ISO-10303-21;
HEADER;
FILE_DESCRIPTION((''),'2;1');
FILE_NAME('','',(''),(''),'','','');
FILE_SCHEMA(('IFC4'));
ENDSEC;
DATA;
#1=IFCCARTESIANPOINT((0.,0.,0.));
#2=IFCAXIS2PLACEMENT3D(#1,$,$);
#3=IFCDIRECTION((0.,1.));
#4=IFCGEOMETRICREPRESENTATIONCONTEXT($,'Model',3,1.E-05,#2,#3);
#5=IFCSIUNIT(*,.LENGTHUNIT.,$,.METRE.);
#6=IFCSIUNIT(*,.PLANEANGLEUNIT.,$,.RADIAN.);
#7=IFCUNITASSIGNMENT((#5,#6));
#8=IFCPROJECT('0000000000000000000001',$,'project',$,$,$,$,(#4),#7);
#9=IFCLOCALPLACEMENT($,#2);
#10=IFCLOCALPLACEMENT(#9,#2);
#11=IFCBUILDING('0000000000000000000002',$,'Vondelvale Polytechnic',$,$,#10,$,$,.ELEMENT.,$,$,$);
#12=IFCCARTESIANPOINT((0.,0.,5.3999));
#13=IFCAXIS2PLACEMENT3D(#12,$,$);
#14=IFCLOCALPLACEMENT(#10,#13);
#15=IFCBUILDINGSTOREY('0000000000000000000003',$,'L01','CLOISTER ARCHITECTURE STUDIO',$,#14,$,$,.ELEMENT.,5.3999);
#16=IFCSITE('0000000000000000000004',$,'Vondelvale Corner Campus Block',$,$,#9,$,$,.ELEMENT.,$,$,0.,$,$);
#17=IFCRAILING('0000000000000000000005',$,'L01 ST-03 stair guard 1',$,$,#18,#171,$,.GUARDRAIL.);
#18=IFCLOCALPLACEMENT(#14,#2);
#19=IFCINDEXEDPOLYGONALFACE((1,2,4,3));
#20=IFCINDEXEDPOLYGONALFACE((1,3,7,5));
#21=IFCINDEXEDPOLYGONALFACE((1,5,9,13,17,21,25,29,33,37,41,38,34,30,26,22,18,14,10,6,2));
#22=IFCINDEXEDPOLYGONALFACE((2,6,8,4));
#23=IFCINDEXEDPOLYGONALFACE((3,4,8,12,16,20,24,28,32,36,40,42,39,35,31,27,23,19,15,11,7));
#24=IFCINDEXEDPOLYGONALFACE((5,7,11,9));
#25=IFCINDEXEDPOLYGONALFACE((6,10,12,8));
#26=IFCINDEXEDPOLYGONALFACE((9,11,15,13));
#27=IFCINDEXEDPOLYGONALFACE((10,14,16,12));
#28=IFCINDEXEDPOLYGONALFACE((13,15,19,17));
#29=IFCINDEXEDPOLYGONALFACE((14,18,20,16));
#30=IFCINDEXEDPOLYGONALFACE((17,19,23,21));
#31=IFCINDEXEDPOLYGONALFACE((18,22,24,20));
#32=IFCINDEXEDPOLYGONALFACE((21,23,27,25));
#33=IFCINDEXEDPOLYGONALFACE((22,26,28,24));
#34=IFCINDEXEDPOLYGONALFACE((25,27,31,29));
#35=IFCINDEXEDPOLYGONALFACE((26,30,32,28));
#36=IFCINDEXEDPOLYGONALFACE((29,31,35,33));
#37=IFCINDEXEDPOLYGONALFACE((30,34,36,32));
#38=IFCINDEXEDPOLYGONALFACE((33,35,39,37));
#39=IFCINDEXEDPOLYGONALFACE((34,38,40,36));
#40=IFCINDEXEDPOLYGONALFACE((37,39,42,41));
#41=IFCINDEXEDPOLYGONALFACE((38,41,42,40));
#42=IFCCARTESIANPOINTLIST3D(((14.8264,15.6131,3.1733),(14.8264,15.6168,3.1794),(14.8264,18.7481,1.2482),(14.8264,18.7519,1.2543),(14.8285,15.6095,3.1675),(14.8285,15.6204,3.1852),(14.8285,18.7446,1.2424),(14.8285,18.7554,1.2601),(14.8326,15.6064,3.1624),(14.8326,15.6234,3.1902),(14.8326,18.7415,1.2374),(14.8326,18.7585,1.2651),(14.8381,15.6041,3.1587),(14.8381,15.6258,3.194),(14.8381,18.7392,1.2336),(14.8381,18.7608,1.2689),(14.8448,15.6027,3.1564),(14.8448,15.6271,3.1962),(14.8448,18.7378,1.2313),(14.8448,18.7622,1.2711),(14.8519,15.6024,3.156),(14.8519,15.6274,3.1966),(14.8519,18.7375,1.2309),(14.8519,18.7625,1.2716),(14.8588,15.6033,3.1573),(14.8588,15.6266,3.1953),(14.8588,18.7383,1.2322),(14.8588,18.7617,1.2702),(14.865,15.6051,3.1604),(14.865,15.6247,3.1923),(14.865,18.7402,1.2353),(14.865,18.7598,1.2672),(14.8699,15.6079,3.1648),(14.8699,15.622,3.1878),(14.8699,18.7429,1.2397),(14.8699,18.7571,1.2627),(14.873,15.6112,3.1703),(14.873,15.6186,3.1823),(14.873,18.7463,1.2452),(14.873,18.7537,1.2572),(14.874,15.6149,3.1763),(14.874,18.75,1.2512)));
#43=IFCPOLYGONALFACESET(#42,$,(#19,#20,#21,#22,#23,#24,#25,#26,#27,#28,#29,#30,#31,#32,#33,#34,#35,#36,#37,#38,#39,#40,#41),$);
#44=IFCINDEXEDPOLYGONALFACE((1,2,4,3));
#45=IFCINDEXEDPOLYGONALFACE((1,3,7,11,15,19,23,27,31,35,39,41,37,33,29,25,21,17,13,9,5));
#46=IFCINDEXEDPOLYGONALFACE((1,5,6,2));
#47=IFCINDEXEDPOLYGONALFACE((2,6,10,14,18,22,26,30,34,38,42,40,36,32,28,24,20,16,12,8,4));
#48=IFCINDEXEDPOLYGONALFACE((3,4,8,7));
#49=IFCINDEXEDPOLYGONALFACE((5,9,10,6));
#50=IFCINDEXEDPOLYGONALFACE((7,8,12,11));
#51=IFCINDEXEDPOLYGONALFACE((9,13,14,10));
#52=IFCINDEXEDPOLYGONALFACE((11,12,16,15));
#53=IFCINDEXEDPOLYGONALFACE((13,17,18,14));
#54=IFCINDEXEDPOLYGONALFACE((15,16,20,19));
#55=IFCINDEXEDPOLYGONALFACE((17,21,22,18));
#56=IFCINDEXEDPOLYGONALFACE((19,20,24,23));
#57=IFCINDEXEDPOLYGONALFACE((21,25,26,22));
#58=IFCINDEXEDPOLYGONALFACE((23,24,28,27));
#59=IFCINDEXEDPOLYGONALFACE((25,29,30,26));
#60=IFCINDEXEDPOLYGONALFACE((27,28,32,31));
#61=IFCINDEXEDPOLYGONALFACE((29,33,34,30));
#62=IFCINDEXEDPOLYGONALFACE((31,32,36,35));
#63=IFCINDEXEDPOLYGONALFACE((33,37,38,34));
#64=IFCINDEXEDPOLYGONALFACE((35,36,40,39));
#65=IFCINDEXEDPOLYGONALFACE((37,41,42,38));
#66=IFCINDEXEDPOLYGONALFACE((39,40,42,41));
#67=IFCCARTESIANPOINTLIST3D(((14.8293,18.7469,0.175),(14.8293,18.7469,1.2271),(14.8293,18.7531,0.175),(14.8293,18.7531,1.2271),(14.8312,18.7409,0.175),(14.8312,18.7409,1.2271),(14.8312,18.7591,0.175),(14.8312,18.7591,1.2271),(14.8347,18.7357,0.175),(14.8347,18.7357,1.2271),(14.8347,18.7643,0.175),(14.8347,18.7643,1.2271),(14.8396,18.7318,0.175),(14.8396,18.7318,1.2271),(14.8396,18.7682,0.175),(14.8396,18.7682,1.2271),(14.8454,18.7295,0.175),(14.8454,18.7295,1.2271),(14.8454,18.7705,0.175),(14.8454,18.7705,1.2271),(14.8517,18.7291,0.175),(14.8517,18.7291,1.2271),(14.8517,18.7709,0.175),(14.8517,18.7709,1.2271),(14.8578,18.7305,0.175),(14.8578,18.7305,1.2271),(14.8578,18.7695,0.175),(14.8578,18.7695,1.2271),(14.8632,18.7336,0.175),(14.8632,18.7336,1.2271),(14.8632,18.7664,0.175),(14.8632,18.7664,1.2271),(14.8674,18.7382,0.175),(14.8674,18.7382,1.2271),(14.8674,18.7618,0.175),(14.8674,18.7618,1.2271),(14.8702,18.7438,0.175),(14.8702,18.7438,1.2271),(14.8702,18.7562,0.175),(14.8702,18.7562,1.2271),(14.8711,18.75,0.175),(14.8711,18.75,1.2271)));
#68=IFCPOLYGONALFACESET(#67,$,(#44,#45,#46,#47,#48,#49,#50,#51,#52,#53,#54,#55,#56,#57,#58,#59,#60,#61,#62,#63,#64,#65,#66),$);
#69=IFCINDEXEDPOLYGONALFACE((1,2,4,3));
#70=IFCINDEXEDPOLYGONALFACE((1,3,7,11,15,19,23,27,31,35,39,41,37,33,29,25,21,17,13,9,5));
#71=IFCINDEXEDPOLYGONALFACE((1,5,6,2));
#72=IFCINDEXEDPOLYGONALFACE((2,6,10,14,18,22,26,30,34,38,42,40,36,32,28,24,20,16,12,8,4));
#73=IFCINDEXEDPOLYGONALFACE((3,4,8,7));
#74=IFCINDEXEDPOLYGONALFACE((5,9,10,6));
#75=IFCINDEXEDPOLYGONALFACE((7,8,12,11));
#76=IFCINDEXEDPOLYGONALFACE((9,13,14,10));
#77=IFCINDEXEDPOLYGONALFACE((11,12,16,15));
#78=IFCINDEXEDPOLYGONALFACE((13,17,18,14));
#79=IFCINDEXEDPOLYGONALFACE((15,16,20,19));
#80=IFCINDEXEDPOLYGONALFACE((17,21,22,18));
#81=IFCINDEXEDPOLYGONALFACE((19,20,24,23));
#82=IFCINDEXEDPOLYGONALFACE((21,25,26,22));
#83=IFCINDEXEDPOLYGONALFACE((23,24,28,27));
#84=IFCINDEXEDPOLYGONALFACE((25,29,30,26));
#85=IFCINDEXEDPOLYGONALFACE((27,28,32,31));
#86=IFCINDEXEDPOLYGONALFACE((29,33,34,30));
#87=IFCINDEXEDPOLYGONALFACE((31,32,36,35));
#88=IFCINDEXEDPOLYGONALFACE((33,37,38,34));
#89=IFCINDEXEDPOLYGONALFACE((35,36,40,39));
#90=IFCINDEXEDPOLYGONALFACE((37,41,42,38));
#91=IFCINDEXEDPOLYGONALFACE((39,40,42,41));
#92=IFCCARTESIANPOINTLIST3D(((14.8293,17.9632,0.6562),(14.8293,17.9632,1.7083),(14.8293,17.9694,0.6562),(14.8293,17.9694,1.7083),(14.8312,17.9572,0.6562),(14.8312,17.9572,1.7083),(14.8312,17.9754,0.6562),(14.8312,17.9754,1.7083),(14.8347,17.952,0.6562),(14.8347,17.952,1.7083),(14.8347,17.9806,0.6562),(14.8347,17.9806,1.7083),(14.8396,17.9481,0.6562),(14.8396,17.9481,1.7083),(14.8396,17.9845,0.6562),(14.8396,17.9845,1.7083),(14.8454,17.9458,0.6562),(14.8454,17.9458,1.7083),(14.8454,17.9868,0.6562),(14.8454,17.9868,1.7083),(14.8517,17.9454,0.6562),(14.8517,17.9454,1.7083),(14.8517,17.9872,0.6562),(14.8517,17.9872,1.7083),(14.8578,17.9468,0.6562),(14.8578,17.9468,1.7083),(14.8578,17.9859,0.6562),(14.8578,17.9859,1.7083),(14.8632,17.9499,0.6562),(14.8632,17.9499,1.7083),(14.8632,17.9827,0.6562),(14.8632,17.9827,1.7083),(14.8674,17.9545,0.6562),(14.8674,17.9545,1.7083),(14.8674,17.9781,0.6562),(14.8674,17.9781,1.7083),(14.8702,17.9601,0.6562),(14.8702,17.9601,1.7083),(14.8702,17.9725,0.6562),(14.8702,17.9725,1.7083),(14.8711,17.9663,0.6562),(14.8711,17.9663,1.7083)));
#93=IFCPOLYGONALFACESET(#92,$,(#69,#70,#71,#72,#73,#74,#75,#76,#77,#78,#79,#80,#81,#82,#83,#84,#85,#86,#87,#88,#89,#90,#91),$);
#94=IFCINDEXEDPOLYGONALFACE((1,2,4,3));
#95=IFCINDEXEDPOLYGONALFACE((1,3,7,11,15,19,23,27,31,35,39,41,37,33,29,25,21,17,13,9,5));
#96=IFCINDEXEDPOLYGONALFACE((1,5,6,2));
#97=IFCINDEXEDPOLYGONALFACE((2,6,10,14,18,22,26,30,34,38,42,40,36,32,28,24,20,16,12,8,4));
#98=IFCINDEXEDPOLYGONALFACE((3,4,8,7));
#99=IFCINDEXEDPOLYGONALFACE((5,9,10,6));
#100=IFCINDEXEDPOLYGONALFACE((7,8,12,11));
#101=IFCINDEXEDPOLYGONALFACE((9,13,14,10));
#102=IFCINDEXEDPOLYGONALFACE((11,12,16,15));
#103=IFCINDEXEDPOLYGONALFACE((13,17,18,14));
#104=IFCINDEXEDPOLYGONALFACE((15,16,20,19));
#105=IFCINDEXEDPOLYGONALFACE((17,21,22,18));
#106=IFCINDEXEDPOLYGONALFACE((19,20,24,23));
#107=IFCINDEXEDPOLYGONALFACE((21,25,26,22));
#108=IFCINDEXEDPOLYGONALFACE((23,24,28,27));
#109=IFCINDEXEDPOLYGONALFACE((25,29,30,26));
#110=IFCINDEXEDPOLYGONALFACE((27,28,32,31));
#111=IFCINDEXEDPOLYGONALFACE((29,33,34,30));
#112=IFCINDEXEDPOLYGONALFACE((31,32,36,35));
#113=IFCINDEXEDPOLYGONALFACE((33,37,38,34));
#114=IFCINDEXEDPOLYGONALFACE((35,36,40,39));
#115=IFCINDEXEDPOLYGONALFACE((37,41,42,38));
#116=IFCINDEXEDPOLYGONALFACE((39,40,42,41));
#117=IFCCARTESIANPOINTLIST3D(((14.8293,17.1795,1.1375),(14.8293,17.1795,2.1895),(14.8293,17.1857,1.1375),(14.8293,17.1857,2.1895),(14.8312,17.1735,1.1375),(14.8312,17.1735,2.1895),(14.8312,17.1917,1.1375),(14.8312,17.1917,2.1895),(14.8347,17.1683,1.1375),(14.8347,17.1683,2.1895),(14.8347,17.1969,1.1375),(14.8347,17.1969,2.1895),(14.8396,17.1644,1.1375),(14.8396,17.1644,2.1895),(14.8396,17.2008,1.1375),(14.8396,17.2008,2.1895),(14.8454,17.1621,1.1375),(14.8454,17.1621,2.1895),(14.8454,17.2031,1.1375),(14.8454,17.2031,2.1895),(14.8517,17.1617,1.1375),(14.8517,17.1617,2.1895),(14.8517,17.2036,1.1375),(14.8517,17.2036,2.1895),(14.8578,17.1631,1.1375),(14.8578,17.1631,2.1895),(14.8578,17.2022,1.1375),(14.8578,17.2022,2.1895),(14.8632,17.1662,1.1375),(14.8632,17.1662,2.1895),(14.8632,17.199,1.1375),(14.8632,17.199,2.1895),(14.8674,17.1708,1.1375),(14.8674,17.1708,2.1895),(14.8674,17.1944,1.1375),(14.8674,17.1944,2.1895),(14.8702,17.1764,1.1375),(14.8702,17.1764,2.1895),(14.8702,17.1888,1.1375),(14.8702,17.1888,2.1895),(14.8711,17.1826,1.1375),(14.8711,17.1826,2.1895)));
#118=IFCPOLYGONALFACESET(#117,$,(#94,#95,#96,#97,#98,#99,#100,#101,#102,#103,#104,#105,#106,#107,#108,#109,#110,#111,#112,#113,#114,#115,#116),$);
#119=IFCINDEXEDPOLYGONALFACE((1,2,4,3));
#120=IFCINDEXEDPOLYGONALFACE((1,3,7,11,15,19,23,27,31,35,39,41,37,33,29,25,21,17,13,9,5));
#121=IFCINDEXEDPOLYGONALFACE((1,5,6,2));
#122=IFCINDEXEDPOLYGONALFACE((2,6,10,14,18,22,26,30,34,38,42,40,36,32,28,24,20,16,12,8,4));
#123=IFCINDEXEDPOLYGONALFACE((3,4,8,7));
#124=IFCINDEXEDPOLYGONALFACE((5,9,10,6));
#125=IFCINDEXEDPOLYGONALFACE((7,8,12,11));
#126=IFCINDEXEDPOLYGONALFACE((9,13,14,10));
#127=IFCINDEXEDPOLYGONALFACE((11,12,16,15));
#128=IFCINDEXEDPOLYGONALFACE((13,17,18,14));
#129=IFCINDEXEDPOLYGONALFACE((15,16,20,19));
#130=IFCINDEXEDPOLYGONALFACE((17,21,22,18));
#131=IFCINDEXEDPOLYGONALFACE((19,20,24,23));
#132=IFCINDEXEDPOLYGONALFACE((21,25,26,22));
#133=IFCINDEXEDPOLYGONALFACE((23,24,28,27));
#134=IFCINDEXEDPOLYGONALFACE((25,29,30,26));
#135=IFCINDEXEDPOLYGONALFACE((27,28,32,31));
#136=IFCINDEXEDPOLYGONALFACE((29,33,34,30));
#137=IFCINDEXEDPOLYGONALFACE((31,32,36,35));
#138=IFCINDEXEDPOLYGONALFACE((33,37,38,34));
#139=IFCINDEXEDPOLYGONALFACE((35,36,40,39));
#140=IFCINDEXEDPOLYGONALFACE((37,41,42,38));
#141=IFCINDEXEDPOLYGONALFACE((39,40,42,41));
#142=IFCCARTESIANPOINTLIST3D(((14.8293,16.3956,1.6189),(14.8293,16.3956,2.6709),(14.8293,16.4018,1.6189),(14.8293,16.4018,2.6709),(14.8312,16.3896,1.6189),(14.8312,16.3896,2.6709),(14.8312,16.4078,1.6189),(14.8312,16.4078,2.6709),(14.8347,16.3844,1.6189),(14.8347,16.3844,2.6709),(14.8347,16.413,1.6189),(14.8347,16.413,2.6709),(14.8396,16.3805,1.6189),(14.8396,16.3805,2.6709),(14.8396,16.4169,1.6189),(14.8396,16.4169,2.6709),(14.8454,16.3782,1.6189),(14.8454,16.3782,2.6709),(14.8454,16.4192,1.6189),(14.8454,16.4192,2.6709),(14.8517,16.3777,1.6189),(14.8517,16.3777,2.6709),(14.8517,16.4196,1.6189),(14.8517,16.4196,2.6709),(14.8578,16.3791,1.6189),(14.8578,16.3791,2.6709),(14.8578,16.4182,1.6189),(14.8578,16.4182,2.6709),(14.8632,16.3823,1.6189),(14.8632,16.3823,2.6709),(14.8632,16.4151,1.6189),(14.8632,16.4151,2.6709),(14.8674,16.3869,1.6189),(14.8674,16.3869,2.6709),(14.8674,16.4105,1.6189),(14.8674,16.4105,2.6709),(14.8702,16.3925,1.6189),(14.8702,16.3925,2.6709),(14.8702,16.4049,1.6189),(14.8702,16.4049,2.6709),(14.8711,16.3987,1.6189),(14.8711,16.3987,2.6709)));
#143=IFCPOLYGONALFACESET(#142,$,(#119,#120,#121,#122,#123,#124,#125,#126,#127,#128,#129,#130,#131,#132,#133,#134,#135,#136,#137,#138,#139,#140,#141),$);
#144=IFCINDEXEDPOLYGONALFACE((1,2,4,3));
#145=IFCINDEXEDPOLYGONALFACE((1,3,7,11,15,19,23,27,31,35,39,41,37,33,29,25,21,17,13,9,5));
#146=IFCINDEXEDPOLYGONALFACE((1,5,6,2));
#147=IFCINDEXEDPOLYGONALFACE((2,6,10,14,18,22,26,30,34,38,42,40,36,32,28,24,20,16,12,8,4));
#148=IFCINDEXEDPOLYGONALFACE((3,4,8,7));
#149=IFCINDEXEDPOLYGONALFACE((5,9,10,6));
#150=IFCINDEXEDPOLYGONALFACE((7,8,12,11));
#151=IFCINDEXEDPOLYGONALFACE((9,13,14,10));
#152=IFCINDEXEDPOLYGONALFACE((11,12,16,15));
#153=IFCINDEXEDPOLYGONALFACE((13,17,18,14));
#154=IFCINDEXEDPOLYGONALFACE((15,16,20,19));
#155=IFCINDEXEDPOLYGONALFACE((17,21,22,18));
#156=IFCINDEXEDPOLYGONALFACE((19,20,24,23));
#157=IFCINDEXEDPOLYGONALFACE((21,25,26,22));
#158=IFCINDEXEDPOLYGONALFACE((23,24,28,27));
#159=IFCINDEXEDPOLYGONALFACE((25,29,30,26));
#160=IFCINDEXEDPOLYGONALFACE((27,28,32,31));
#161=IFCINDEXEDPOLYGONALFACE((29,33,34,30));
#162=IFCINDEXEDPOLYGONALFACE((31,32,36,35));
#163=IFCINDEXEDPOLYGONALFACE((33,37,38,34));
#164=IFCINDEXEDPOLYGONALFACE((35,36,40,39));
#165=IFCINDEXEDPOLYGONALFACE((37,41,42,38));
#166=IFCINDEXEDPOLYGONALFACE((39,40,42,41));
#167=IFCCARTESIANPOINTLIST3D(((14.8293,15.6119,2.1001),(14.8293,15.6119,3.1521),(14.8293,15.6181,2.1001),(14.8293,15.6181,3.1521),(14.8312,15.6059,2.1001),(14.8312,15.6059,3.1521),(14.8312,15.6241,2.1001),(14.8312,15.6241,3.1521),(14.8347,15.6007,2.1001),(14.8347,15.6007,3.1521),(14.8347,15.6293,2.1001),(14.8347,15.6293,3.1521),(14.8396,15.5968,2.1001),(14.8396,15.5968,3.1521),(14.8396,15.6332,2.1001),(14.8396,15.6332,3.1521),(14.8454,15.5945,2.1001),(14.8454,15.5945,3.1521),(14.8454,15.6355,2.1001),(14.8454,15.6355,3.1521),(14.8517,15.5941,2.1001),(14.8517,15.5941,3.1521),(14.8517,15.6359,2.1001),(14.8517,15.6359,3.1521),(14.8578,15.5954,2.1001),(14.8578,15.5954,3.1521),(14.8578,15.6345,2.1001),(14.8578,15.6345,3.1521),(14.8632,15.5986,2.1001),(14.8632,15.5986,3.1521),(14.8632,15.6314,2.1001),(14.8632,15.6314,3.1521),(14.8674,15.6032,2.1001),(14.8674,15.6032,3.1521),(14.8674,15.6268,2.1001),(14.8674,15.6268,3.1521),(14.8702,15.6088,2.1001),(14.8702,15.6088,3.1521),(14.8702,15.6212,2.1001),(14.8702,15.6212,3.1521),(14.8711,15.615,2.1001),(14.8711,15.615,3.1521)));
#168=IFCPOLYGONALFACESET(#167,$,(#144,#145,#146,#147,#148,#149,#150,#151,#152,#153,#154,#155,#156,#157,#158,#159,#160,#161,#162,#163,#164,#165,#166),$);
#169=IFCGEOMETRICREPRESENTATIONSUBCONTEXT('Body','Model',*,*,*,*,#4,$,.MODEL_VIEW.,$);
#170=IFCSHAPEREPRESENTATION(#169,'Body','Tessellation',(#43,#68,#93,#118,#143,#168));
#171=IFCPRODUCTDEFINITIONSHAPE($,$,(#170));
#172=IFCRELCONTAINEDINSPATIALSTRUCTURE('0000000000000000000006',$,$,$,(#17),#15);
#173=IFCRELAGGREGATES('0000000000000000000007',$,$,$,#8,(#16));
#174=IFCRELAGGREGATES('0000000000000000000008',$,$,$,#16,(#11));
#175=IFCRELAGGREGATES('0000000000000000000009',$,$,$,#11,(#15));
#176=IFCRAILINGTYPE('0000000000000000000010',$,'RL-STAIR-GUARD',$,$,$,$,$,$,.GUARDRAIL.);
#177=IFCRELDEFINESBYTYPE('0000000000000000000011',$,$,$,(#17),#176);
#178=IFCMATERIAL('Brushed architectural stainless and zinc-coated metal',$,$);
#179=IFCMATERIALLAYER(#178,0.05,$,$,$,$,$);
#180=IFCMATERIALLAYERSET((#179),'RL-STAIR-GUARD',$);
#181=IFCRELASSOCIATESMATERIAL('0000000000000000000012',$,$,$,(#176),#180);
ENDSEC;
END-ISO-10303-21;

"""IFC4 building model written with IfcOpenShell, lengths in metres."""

from ifc_helpers import new_model, si_unit, direction, frame, origin, origin_2d, place, context, subcontext, project, spatial, circle, extrude, material, layer, layer_set, type_object, element, save


model = new_model("IFC4")

# Units and contexts
model_context = context("Model", 3, precision=1e-05, world=origin(), true_north=direction((0.0, 1.0)))
body_context = subcontext(model_context, "Body", "Model", "MODEL_VIEW")
ifc_project = project(units=[si_unit("LENGTHUNIT", "METRE"), si_unit("PLANEANGLEUNIT", "RADIAN")], contexts=[model_context])

# Site, building, storey
site_placement = place(None, origin())
site = spatial("IfcSite", under=ifc_project, at=site_placement, Name="Vondelvale Corner Campus Block", CompositionType="ELEMENT", RefElevation=0.0)
building_placement = place(site_placement, origin())
building = spatial("IfcBuilding", under=site, at=building_placement, Name="Vondelvale Polytechnic", CompositionType="ELEMENT")
storey_placement = place(building_placement, frame((0.0, 0.0, 5.3999)))
storey = spatial("IfcBuildingStorey", under=building, at=storey_placement, Name="L01", Description="CLOISTER ARCHITECTURE STUDIO", CompositionType="ELEMENT", Elevation=5.3999)

# Railing
ifc_material_1 = material(Name="Brushed architectural stainless and zinc-coated metal")
ifc_layer_1 = layer(ifc_material_1, 0.05)
ifc_layer_set_1 = layer_set([ifc_layer_1], Name="RL-STAIR-GUARD")
railing_type_1 = type_object("IfcRailingType", Name="RL-STAIR-GUARD", PredefinedType="GUARDRAIL", material=ifc_layer_set_1)
railing_1_placement = place(storey_placement, frame((14.8501, 18.75, 0.175)))
element("IfcRailing", 1, at=railing_1_placement, inside=storey, type_object=railing_type_1, Name="L01 ST-03 stair guard 1", PredefinedType="GUARDRAIL", context=body_context, shape_type="SweptSolid", body=[
    extrude(circle(Radius=0.0239, at=origin_2d()), frame((0.0, 0.0, 1.0762), z_axis=(0.0, -0.852166, 0.523271), x_axis=(1.0, 0.0, 0.0)), (0.0, 0.0, 1.0), 3.679),
    extrude(circle(Radius=0.021, at=origin_2d()), origin(), (0.0, 0.0, 1.0), 1.052),
    extrude(circle(Radius=0.021, at=origin_2d()), frame((0.0, -0.7837, 0.4812)), (0.0, 0.0, 1.0), 1.052),
    extrude(circle(Radius=0.021, at=origin_2d()), frame((0.0, -1.5674, 0.9624)), (0.0, 0.0, 1.0), 1.052),
    extrude(circle(Radius=0.021, at=origin_2d()), frame((0.0, -2.3513, 1.4438)), (0.0, 0.0, 1.0), 1.052),
    extrude(circle(Radius=0.021, at=origin_2d()), frame((0.0, -3.135, 1.925)), (0.0, 0.0, 1.0), 1.052),
])

save(model, "model.ifc")
